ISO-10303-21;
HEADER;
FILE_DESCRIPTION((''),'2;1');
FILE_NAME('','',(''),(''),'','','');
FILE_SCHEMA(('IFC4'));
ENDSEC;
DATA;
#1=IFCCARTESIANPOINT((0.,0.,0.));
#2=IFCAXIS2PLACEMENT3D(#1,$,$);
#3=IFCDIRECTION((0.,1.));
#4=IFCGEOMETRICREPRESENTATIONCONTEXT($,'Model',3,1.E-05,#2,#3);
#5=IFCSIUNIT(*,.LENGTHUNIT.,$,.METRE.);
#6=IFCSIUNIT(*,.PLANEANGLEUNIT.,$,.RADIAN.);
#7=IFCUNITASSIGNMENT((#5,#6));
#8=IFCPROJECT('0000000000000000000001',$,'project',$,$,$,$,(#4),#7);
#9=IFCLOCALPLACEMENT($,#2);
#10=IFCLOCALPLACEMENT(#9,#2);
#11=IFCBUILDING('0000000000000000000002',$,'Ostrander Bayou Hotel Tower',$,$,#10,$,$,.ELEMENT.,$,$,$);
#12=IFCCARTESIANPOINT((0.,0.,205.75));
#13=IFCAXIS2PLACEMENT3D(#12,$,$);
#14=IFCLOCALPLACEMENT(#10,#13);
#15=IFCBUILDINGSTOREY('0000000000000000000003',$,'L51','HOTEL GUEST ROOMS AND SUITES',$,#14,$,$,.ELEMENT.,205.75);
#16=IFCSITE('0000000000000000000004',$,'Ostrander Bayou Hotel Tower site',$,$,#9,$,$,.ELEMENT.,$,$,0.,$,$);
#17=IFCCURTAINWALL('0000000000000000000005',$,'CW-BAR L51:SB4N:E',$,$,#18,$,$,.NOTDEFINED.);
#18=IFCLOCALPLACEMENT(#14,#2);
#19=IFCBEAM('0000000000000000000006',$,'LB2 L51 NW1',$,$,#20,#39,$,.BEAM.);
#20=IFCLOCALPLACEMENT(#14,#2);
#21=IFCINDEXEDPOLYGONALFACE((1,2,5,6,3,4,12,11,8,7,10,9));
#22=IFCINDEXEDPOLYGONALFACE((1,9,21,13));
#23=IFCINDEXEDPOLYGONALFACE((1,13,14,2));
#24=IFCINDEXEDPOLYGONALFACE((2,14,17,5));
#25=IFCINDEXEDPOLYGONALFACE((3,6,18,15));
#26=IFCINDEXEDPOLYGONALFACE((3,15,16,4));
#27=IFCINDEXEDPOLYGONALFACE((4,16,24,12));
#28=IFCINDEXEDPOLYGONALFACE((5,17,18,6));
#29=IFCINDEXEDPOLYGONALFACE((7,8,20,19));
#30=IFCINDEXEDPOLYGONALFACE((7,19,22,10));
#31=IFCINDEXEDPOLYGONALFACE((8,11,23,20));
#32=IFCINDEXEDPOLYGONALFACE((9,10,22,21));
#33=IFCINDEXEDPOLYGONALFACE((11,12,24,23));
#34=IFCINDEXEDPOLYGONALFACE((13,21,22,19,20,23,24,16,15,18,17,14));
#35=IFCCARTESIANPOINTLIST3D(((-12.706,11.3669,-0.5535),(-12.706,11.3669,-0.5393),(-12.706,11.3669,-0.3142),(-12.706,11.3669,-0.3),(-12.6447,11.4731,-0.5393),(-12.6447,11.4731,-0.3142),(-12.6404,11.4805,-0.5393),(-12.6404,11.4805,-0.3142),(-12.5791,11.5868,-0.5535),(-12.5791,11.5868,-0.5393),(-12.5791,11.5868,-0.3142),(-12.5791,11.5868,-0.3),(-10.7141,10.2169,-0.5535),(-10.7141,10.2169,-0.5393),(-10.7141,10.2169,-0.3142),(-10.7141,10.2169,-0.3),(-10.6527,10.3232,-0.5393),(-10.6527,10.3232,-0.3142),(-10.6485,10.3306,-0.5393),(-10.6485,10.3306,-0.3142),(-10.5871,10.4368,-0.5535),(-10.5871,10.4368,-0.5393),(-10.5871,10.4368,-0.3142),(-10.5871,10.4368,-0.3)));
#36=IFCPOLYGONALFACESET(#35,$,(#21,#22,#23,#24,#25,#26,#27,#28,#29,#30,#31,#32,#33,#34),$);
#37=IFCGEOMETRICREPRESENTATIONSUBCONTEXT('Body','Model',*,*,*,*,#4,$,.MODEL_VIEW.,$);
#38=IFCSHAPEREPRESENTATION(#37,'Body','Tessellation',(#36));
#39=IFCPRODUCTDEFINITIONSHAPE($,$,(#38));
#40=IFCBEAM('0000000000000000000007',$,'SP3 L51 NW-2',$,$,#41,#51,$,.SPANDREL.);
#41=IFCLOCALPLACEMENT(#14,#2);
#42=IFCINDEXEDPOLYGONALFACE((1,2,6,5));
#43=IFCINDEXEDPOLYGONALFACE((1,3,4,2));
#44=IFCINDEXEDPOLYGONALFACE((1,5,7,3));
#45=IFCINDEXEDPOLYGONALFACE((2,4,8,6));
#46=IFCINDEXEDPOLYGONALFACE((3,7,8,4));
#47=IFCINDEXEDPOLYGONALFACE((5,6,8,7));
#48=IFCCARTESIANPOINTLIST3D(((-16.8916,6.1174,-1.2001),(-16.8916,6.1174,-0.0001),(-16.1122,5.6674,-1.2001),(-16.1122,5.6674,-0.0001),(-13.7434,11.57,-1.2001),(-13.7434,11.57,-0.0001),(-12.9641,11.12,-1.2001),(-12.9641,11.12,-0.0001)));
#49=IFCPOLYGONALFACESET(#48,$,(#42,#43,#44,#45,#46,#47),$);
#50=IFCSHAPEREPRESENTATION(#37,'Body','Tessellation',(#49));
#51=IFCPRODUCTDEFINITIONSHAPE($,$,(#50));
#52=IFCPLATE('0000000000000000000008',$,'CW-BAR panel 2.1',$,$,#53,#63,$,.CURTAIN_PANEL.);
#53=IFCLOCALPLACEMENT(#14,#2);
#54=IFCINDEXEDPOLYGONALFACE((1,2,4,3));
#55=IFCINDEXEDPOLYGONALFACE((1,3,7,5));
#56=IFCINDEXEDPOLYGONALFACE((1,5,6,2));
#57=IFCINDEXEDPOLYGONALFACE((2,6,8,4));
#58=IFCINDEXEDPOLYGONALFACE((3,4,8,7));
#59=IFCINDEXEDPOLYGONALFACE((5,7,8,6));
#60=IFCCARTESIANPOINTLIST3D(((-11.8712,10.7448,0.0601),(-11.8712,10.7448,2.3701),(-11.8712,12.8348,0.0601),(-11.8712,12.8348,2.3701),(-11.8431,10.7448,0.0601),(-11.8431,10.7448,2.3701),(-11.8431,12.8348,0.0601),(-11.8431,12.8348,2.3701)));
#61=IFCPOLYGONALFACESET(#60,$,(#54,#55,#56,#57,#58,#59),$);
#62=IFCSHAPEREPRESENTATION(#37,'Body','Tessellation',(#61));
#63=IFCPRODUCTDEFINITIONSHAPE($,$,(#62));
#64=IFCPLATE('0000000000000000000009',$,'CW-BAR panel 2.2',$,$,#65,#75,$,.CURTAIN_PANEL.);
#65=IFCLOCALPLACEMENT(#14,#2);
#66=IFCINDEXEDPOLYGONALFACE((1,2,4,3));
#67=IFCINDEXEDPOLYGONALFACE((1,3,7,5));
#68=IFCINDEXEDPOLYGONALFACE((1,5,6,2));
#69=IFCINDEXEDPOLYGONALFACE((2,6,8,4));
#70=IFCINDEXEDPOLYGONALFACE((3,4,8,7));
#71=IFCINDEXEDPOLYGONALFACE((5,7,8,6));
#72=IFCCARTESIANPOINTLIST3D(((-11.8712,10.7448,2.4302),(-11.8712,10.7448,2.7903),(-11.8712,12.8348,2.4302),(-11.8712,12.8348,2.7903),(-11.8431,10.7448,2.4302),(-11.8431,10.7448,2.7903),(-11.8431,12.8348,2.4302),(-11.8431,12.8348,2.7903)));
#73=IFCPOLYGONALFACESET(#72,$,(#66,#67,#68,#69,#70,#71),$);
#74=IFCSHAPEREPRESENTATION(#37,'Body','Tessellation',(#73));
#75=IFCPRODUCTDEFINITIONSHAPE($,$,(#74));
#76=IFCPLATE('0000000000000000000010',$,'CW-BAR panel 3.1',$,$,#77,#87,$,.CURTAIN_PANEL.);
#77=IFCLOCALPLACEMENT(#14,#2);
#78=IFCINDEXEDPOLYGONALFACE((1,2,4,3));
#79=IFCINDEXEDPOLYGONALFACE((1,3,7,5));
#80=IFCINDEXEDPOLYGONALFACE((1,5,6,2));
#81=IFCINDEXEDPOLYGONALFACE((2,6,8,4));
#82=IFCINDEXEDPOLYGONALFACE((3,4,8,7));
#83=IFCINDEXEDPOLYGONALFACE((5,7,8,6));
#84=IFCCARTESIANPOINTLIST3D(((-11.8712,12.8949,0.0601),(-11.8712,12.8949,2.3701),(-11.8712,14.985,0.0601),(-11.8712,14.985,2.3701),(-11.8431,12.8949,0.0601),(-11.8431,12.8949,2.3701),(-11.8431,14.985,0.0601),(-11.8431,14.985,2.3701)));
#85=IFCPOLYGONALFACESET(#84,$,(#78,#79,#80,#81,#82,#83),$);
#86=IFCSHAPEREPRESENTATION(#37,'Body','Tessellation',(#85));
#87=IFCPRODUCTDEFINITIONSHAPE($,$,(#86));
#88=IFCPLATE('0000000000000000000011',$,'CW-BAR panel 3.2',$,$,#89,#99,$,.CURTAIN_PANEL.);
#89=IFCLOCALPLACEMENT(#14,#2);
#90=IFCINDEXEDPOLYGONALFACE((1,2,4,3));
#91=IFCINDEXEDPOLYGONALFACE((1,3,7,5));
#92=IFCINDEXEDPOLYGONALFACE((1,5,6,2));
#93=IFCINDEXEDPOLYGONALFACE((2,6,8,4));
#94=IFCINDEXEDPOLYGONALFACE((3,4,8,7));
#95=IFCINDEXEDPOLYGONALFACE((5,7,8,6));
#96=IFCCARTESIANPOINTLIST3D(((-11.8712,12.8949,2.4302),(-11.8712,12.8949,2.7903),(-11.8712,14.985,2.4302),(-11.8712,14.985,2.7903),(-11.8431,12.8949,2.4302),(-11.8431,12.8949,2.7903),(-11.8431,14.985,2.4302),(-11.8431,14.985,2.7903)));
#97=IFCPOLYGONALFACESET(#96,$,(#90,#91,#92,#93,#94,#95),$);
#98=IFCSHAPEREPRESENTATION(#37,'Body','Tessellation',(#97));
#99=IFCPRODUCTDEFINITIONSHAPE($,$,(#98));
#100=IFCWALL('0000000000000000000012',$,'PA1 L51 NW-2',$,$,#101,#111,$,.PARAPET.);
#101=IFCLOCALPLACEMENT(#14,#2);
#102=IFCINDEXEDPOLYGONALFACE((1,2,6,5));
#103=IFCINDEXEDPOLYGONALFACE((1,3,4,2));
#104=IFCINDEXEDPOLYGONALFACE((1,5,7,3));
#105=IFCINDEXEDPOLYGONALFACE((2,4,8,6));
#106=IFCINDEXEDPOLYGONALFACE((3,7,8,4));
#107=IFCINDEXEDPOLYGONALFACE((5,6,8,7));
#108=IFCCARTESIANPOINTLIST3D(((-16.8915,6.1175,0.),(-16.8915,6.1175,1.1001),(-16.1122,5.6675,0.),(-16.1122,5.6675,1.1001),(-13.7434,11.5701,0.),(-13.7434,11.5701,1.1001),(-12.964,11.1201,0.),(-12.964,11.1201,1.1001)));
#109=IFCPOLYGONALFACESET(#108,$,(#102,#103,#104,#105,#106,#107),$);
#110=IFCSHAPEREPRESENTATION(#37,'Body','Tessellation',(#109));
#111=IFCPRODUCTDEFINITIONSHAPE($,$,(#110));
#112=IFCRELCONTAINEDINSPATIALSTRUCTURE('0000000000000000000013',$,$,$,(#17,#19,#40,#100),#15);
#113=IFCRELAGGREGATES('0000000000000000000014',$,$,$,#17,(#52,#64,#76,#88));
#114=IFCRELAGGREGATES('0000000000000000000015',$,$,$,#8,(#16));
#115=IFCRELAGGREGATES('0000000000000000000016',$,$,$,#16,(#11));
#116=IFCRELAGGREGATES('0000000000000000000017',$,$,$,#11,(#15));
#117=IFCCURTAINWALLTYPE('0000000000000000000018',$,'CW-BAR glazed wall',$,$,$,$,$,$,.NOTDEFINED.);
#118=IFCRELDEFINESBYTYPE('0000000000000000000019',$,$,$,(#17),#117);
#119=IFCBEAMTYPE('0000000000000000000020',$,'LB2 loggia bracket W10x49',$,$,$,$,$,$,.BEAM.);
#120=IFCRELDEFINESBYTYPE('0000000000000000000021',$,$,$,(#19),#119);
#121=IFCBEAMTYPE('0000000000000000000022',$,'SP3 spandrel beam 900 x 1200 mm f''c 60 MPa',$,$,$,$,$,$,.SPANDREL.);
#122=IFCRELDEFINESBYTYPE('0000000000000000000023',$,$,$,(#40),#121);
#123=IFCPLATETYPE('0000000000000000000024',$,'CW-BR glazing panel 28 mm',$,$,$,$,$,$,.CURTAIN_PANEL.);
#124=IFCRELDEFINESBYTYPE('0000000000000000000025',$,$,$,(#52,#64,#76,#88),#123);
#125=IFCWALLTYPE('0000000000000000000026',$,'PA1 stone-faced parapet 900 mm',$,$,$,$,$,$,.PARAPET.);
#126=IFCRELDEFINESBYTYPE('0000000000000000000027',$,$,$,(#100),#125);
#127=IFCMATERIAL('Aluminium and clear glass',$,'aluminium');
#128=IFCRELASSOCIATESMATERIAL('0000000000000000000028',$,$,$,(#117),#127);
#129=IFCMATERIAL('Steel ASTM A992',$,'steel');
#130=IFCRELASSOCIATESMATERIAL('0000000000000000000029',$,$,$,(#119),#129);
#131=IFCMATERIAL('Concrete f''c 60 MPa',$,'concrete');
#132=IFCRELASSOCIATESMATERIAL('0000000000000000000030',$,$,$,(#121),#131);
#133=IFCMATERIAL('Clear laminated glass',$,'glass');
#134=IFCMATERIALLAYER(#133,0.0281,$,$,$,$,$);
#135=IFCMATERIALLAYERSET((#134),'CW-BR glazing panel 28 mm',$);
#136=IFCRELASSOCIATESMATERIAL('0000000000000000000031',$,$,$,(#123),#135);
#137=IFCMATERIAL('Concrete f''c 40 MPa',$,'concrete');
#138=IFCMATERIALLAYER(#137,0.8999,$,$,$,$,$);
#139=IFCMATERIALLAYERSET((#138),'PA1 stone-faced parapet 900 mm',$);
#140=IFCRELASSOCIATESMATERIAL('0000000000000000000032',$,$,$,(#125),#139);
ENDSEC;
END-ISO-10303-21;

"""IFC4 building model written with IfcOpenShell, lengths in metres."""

from ifc_helpers import new_model, si_unit, direction, frame, frame_2d, origin, origin_2d, place, context, subcontext, project, spatial, rectangle, i_section, extrude, material, layer, layer_set, material_profile, profile_set, type_object, element, aggregate, save


model = new_model("IFC4")

# Units and contexts
model_context = context("Model", 3, precision=1e-05, world=origin(), true_north=direction((0.0, 1.0)))
body_context = subcontext(model_context, "Body", "Model", "MODEL_VIEW")
ifc_project = project(units=[si_unit("LENGTHUNIT", "METRE"), si_unit("PLANEANGLEUNIT", "RADIAN")], contexts=[model_context])

# Site, building, storey
site_placement = place(None, origin())
site = spatial("IfcSite", under=ifc_project, at=site_placement, Name="Ostrander Bayou Hotel Tower site", CompositionType="ELEMENT", RefElevation=0.0)
building_placement = place(site_placement, origin())
building = spatial("IfcBuilding", under=site, at=building_placement, Name="Ostrander Bayou Hotel Tower", CompositionType="ELEMENT")
storey_placement = place(building_placement, frame((0.0, 0.0, 205.75)))
storey = spatial("IfcBuildingStorey", under=building, at=storey_placement, Name="L51", Description="HOTEL GUEST ROOMS AND SUITES", CompositionType="ELEMENT", Elevation=205.75)

# Curtain wall
ifc_material_1 = material(Name="Aluminium and clear glass", Category="aluminium")
curtain_wall_type = type_object("IfcCurtainWallType", Name="CW-BAR glazed wall", PredefinedType="NOTDEFINED", material=ifc_material_1)
curtain_wall_placement = place(storey_placement, origin())
curtain_wall = element("IfcCurtainWall", 1, at=curtain_wall_placement, inside=storey, type_object=curtain_wall_type, Name="CW-BAR L51:SB4N:E", PredefinedType="NOTDEFINED")

# Beams
ifc_material_2 = material(Name="Steel ASTM A992", Category="steel")
ifc_material_profile_1 = material_profile(ifc_material_2, i_section(OverallWidth=0.2539, OverallDepth=0.2534, WebThickness=0.0085, FlangeThickness=0.0142, at=origin_2d()))
ifc_profile_set_1 = profile_set([ifc_material_profile_1], Name="Steel ASTM A992")
beam_type_1 = type_object("IfcBeamType", Name="LB2 loggia bracket W10x49", PredefinedType="BEAM", material=ifc_profile_set_1)
beam_1_placement = place(storey_placement, frame((-12.6426, 11.4768, -0.4268), z_axis=(0.866053, -0.499952, 0.0), x_axis=(0.499952, 0.866053, 0.0)))
element("IfcBeam", 2, at=beam_1_placement, inside=storey, type_object=beam_type_1, Name="LB2 L51 NW1", PredefinedType="BEAM", context=body_context, shape_type="SweptSolid", body=[
    extrude(i_section(OverallWidth=0.2539, OverallDepth=0.2534, WebThickness=0.0085, FlangeThickness=0.0142, at=origin_2d()), origin(), (0.0, 0.0, 1.0), 2.3),
])
ifc_material_3 = material(Name="Concrete f'c 60 MPa", Category="concrete")
ifc_material_profile_2 = material_profile(ifc_material_3, rectangle(XDim=0.8999, YDim=1.2, at=origin_2d()))
ifc_profile_set_2 = profile_set([ifc_material_profile_2], Name="Concrete f'c 60 MPa")
beam_type_2 = type_object("IfcBeamType", Name="SP3 spandrel beam 900 x 1200 mm f'c 60 MPa", PredefinedType="SPANDREL", material=ifc_profile_set_2)
beam_2_placement = place(storey_placement, frame((-13.3538, 11.345, -0.6001), z_axis=(-0.500013, -0.866018, 0.0), x_axis=(0.866018, -0.500013, 0.0)))
element("IfcBeam", 3, at=beam_2_placement, inside=storey, type_object=beam_type_2, Name="SP3 L51 NW-2", PredefinedType="SPANDREL", context=body_context, shape_type="SweptSolid", body=[
    extrude(rectangle(XDim=0.8999, YDim=1.2, at=origin_2d()), origin(), (0.0, 0.0, 1.0), 6.2961),
])

# Plates
ifc_material_4 = material(Name="Clear laminated glass", Category="glass")
ifc_layer_1 = layer(ifc_material_4, 0.0281)
ifc_layer_set_1 = layer_set([ifc_layer_1], Name="CW-BR glazing panel 28 mm")
plate_type = type_object("IfcPlateType", Name="CW-BR glazing panel 28 mm", PredefinedType="CURTAIN_PANEL", material=ifc_layer_set_1)
plate_1_placement = place(storey_placement, frame((-11.8572, 11.7898, 0.0601), z_axis=(0.0, 0.0, 1.0), x_axis=(0.0, 1.0, 0.0)))
plate_1 = element("IfcPlate", 4, at=plate_1_placement, type_object=plate_type, Name="CW-BAR panel 2.1", PredefinedType="CURTAIN_PANEL", context=body_context, shape_type="SweptSolid", body=[
    extrude(rectangle(XDim=2.0901, YDim=0.0281, at=origin_2d()), origin(), (0.0, 0.0, 1.0), 2.3101),
])
plate_2_placement = place(storey_placement, frame((-11.8572, 11.7898, 2.4302), z_axis=(0.0, 0.0, 1.0), x_axis=(0.0, 1.0, 0.0)))
plate_2 = element("IfcPlate", 5, at=plate_2_placement, type_object=plate_type, Name="CW-BAR panel 2.2", PredefinedType="CURTAIN_PANEL", context=body_context, shape_type="SweptSolid", body=[
    extrude(rectangle(XDim=2.0901, YDim=0.0281, at=origin_2d()), origin(), (0.0, 0.0, 1.0), 0.3601),
])
plate_3_placement = place(storey_placement, frame((-11.8572, 13.9399, 0.0601), z_axis=(0.0, 0.0, 1.0), x_axis=(0.0, 1.0, 0.0)))
plate_3 = element("IfcPlate", 6, at=plate_3_placement, type_object=plate_type, Name="CW-BAR panel 3.1", PredefinedType="CURTAIN_PANEL", context=body_context, shape_type="SweptSolid", body=[
    extrude(rectangle(XDim=2.0901, YDim=0.0281, at=origin_2d()), origin(), (0.0, 0.0, 1.0), 2.3101),
])
plate_4_placement = place(storey_placement, frame((-11.8572, 13.9399, 2.4302), z_axis=(0.0, 0.0, 1.0), x_axis=(0.0, 1.0, 0.0)))
plate_4 = element("IfcPlate", 7, at=plate_4_placement, type_object=plate_type, Name="CW-BAR panel 3.2", PredefinedType="CURTAIN_PANEL", context=body_context, shape_type="SweptSolid", body=[
    extrude(rectangle(XDim=2.0901, YDim=0.0281, at=origin_2d()), origin(), (0.0, 0.0, 1.0), 0.3601),
])
aggregate(curtain_wall, [plate_1, plate_2, plate_3, plate_4])

# Wall
ifc_material_5 = material(Name="Concrete f'c 40 MPa", Category="concrete")
ifc_layer_2 = layer(ifc_material_5, 0.8999)
ifc_layer_set_2 = layer_set([ifc_layer_2], Name="PA1 stone-faced parapet 900 mm")
wall_type = type_object("IfcWallType", Name="PA1 stone-faced parapet 900 mm", PredefinedType="PARAPET", material=ifc_layer_set_2)
wall_placement = place(storey_placement, frame((-13.3538, 11.345, 0.0), z_axis=(0.0, 0.0, 1.0), x_axis=(-0.500013, -0.866018, 0.0)))
element("IfcWall", 8, at=wall_placement, inside=storey, type_object=wall_type, Name="PA1 L51 NW-2", PredefinedType="PARAPET", context=body_context, shape_type="SweptSolid", body=[
    extrude(rectangle(XDim=6.2961, YDim=0.8999, at=frame_2d((3.1479, 0.0))), origin(), (0.0, 0.0, 1.0), 1.1001),
])

save(model, "model.ifc")
